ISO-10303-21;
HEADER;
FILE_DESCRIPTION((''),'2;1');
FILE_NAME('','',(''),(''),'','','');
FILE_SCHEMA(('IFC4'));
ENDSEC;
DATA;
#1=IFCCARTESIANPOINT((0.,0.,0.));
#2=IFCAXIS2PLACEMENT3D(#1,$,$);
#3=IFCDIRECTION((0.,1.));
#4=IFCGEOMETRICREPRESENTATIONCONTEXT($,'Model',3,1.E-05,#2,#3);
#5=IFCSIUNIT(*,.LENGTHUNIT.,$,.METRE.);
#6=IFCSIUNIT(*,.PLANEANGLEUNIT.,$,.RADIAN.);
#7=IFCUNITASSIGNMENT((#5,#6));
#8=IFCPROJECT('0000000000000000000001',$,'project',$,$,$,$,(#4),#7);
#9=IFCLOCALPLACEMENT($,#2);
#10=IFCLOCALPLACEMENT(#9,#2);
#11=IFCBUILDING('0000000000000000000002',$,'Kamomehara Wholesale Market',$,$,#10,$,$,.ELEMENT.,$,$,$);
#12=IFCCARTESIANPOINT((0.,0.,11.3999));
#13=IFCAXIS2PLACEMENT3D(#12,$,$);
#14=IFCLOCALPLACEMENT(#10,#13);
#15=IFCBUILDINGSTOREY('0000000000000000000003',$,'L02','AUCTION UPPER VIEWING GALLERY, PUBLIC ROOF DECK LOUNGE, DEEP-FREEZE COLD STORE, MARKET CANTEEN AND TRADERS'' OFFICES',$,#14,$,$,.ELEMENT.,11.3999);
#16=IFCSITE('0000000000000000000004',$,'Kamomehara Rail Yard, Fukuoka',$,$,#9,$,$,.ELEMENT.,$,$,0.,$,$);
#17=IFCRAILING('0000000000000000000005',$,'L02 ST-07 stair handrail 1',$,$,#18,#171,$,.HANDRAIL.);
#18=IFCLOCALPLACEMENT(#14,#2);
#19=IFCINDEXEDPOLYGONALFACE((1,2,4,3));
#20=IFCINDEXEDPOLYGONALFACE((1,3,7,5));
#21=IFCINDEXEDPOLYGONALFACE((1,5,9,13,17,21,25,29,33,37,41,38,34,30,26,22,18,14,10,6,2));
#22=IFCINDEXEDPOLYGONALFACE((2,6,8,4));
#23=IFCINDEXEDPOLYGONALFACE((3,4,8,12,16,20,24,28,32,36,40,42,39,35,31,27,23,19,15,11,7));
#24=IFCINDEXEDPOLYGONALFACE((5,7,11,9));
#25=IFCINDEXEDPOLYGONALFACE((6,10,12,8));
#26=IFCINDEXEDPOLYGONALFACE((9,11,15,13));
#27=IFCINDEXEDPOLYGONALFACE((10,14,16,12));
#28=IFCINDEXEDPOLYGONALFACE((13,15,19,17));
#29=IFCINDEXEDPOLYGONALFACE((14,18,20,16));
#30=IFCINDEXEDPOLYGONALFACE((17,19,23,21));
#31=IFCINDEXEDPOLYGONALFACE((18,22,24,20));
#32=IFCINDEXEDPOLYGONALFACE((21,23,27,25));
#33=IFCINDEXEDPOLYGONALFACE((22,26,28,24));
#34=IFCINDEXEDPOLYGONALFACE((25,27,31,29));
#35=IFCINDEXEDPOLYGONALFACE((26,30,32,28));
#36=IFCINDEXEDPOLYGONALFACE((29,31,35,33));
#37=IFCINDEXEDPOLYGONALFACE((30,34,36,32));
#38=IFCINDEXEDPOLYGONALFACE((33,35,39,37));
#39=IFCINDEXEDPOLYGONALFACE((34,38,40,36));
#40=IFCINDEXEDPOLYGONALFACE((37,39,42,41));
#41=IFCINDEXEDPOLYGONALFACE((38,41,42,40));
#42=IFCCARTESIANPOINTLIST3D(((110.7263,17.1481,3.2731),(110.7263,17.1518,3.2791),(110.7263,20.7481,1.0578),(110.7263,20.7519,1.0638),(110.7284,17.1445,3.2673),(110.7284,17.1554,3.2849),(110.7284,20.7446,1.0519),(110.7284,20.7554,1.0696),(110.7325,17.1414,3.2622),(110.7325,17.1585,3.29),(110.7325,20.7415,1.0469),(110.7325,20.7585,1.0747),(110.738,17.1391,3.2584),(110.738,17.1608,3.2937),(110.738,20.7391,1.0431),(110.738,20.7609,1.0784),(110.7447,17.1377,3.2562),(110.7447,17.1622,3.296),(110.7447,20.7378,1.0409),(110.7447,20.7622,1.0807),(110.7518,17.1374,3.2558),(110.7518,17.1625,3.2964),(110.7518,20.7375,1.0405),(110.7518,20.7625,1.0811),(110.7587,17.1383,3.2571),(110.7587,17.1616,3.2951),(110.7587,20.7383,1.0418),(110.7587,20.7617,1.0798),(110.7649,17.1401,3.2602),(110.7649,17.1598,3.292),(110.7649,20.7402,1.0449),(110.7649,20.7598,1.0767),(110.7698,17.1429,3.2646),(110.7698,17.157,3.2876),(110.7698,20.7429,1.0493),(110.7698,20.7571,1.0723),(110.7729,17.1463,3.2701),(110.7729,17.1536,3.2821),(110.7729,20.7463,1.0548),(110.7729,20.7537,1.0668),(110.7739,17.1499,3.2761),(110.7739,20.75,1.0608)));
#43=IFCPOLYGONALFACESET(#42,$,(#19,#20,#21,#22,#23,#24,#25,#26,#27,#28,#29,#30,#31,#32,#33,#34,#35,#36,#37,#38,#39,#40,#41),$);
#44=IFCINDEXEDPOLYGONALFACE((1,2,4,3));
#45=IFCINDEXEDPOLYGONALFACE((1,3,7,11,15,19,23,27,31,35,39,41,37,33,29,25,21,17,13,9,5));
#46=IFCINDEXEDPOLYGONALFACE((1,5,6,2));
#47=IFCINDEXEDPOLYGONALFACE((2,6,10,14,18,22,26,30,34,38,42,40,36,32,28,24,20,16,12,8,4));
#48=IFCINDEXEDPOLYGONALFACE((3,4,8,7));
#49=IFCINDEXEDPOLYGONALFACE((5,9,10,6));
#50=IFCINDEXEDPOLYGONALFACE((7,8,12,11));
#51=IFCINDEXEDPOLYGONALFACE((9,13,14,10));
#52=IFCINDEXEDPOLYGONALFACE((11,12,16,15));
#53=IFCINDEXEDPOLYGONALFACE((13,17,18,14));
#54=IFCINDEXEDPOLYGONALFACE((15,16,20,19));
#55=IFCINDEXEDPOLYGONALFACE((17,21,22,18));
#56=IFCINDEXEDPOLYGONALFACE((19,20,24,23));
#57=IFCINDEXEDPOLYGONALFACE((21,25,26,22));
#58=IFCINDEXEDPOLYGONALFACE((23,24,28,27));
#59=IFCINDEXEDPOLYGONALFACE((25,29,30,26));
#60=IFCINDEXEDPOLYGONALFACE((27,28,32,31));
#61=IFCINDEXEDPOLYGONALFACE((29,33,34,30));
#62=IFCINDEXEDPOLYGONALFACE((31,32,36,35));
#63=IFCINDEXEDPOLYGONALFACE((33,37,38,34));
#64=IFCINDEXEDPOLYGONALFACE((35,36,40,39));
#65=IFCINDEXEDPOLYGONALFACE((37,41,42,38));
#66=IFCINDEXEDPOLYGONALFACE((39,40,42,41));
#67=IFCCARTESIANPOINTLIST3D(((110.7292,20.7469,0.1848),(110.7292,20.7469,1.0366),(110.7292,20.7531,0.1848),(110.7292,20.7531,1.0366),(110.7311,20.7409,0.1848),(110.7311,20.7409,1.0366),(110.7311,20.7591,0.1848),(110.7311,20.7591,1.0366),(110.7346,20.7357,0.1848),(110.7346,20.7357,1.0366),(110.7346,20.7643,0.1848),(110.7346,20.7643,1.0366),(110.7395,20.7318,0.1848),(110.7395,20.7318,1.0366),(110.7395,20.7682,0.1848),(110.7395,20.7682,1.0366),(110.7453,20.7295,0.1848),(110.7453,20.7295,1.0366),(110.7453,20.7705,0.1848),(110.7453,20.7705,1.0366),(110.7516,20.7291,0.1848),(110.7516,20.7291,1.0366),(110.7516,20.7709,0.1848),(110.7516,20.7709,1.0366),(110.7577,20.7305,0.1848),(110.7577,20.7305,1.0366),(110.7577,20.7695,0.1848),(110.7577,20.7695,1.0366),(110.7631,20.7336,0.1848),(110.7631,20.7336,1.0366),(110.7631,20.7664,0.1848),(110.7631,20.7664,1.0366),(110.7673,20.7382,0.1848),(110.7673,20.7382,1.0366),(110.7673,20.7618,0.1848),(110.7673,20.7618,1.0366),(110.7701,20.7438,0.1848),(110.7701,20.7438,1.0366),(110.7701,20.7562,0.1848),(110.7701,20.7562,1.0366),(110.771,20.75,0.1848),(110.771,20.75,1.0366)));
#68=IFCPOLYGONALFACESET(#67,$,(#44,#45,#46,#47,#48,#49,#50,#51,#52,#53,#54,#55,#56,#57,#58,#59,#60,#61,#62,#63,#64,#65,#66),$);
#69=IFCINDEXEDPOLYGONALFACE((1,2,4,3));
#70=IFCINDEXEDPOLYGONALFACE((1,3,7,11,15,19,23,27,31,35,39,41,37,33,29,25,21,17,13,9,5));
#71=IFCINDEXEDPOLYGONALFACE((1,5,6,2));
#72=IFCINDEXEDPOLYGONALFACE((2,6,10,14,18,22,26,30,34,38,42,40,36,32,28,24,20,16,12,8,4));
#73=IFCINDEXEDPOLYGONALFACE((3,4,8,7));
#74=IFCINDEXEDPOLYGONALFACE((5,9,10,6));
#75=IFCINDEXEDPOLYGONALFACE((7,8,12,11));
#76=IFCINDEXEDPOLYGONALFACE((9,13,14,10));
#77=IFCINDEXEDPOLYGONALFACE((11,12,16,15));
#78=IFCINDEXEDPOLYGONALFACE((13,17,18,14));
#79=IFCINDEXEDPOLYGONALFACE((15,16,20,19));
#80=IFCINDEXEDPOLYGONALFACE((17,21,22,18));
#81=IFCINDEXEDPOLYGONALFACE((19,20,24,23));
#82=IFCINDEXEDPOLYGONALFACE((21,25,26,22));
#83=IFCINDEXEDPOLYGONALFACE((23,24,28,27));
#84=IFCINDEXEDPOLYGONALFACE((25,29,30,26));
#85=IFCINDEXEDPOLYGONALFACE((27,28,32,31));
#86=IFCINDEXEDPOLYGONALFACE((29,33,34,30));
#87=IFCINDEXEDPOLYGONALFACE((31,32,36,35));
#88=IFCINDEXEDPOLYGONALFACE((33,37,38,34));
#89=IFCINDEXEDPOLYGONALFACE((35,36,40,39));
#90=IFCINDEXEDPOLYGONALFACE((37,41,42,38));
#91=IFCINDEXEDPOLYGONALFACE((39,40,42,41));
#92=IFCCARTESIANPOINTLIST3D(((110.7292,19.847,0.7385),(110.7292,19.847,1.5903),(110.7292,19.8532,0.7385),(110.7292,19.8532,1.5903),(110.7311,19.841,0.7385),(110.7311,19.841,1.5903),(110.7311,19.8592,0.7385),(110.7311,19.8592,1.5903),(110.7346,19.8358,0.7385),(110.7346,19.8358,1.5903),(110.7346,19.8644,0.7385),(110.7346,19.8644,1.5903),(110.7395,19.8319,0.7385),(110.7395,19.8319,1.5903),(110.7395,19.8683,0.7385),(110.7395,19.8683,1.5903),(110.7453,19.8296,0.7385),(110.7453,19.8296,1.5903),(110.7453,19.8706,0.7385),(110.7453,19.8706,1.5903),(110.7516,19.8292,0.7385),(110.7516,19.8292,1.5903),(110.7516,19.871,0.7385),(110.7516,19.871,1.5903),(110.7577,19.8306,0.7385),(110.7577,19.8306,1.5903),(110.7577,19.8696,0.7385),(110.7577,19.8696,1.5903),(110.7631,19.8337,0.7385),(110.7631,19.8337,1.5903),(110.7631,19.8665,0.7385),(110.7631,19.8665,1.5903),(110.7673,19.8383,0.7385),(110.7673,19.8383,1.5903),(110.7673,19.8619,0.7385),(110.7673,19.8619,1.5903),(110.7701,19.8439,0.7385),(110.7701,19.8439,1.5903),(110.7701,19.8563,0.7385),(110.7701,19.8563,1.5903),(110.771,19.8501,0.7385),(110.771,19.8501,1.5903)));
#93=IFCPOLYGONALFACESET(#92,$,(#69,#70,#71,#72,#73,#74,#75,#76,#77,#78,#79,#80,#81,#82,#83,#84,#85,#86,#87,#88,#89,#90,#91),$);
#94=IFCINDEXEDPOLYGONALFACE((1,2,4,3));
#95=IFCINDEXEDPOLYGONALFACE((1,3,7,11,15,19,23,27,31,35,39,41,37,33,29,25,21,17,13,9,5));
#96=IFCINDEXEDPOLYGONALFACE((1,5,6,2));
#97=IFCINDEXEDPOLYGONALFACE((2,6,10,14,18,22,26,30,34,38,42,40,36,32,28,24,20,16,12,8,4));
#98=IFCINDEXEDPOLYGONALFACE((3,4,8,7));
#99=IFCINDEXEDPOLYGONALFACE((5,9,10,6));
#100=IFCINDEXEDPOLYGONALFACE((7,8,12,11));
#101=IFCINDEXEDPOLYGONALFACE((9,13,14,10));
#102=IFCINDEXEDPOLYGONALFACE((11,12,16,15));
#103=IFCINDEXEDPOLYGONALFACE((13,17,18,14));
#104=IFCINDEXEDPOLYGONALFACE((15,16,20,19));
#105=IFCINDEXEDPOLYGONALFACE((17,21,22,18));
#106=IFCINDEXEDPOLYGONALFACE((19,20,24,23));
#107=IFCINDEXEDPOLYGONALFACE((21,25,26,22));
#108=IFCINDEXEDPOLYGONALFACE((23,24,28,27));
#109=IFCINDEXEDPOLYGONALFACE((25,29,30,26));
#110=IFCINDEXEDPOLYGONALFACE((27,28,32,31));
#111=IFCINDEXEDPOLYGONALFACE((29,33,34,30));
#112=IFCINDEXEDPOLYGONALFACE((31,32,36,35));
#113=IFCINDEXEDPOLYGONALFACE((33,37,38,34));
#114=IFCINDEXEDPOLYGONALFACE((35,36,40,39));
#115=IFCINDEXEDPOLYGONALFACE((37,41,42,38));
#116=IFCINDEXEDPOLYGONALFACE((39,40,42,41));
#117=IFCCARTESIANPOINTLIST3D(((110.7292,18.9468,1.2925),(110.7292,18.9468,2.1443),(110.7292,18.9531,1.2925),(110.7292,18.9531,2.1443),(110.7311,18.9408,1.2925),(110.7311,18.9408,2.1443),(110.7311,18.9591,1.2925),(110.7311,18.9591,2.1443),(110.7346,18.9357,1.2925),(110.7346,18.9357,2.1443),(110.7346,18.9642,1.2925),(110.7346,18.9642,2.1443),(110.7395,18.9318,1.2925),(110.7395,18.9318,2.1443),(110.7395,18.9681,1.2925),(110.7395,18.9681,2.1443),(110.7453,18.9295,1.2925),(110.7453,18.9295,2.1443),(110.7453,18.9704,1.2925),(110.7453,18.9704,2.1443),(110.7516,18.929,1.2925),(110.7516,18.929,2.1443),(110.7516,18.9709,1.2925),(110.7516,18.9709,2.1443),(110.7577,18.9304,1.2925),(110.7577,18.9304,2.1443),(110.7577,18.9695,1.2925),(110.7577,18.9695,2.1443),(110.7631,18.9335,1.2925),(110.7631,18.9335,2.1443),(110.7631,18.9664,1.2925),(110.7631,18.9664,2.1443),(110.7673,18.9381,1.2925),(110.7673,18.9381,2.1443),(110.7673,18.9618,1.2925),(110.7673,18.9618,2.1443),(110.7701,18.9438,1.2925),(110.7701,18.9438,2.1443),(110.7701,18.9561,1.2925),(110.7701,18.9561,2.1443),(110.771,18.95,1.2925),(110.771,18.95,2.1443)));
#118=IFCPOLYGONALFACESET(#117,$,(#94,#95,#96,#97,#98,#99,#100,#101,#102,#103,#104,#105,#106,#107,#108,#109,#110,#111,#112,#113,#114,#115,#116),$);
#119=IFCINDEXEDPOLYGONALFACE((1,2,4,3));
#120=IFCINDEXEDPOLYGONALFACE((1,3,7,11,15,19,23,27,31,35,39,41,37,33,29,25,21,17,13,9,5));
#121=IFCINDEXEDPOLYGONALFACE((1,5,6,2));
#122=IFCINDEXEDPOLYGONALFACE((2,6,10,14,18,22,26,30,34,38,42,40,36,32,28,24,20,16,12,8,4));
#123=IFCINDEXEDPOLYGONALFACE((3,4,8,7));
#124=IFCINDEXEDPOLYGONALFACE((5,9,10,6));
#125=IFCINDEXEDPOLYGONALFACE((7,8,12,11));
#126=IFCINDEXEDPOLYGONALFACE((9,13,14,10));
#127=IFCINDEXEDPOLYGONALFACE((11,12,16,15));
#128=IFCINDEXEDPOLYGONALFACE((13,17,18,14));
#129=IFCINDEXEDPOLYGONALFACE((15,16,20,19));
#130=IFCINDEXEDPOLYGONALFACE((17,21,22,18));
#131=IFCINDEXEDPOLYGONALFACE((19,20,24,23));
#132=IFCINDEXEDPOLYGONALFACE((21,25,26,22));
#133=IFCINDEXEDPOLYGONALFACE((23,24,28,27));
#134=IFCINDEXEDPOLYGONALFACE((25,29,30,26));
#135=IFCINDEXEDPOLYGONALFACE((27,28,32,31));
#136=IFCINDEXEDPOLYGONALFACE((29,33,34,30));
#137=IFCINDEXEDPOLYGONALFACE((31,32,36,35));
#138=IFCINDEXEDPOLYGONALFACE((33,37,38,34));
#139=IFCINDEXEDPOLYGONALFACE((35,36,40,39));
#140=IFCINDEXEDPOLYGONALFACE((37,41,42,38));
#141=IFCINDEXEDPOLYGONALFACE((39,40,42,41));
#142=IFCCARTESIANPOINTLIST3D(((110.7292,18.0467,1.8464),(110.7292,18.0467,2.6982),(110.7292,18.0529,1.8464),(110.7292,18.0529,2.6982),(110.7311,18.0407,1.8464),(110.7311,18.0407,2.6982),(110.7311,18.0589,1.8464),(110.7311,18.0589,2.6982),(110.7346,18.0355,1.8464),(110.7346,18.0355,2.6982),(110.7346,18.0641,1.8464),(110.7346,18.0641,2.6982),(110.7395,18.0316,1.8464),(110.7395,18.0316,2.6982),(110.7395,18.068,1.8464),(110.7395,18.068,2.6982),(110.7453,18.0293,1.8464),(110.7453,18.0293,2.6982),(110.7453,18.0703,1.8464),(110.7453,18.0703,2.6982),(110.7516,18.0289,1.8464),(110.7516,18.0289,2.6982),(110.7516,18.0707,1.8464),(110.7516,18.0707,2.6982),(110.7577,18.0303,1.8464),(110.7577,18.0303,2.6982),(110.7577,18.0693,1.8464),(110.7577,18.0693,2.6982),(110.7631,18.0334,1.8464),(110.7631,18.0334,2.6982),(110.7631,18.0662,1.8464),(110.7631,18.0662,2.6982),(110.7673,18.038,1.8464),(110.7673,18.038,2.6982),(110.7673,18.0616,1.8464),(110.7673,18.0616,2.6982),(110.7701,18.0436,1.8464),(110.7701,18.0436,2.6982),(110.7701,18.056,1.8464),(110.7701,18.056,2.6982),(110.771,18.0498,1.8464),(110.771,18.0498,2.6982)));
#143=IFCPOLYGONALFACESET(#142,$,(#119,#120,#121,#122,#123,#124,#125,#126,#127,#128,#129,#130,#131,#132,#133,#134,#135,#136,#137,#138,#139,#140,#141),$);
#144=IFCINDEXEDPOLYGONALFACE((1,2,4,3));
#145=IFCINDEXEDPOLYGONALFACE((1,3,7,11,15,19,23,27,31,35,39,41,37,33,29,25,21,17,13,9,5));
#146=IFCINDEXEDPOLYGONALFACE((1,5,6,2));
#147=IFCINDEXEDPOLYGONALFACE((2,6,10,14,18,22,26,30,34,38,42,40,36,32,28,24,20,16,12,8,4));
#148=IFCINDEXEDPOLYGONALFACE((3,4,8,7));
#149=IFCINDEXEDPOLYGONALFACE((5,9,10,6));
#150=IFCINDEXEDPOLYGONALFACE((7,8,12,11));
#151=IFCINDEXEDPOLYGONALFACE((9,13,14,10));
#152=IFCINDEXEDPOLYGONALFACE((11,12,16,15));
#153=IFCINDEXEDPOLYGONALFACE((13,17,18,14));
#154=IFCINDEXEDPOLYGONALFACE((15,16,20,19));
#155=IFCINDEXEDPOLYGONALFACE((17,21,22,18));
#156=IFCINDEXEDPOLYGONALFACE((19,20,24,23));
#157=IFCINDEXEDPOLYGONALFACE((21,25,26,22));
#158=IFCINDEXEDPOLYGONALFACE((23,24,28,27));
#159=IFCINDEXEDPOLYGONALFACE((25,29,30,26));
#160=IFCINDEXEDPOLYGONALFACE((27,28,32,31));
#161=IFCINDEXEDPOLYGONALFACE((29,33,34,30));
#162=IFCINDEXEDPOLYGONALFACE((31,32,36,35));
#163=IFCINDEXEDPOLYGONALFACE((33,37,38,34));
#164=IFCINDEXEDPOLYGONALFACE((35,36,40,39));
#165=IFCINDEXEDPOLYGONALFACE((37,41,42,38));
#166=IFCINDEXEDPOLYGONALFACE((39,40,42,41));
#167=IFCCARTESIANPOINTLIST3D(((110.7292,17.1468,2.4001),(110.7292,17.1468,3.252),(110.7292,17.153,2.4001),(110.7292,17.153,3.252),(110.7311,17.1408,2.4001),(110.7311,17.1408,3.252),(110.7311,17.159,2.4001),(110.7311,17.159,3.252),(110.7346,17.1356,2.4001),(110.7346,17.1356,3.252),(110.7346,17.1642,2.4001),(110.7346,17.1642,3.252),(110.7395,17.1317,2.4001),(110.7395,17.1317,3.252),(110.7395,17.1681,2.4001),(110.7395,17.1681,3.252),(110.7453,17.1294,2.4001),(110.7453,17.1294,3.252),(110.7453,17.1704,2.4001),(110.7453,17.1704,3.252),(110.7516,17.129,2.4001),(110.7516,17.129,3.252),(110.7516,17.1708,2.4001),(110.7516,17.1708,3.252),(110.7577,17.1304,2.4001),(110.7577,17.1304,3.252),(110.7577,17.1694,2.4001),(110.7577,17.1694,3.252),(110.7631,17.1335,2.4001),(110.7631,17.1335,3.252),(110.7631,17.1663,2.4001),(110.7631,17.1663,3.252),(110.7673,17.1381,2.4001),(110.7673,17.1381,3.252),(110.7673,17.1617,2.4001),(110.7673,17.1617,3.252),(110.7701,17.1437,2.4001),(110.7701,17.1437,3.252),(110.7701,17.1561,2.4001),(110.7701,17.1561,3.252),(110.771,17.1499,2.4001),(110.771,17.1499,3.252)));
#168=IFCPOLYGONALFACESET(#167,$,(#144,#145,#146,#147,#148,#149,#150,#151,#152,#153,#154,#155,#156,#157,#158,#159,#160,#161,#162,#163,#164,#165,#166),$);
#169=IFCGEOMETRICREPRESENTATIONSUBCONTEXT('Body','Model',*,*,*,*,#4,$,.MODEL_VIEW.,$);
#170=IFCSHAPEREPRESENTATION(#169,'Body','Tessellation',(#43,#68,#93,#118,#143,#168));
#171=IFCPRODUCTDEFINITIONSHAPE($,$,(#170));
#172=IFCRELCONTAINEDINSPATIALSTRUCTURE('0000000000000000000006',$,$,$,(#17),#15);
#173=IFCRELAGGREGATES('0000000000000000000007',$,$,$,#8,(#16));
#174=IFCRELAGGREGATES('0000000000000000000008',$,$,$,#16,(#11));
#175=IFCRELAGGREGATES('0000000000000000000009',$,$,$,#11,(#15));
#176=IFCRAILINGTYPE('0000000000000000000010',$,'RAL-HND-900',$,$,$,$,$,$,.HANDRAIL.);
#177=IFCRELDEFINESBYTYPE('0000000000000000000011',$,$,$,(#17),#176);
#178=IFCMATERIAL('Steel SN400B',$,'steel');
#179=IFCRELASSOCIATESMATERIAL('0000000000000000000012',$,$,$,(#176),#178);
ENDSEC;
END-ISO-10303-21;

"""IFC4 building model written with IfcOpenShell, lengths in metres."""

from ifc_helpers import new_model, si_unit, direction, frame, origin, origin_2d, place, context, subcontext, project, spatial, circle, extrude, material, type_object, element, save


model = new_model("IFC4")

# Units and contexts
model_context = context("Model", 3, precision=1e-05, world=origin(), true_north=direction((0.0, 1.0)))
body_context = subcontext(model_context, "Body", "Model", "MODEL_VIEW")
ifc_project = project(units=[si_unit("LENGTHUNIT", "METRE"), si_unit("PLANEANGLEUNIT", "RADIAN")], contexts=[model_context])

# Site, building, storey
site_placement = place(None, origin())
site = spatial("IfcSite", under=ifc_project, at=site_placement, Name="Kamomehara Rail Yard, Fukuoka", CompositionType="ELEMENT", RefElevation=0.0)
building_placement = place(site_placement, origin())
building = spatial("IfcBuilding", under=site, at=building_placement, Name="Kamomehara Wholesale Market", CompositionType="ELEMENT")
storey_placement = place(building_placement, frame((0.0, 0.0, 11.3999)))
storey = spatial("IfcBuildingStorey", under=building, at=storey_placement, Name="L02", Description="AUCTION UPPER VIEWING GALLERY, PUBLIC ROOF DECK LOUNGE, DEEP-FREEZE COLD STORE, MARKET CANTEEN AND TRADERS' OFFICES", CompositionType="ELEMENT", Elevation=11.3999)

# Railing
ifc_material_1 = material(Name="Steel SN400B", Category="steel")
railing_type_1 = type_object("IfcRailingType", Name="RAL-HND-900", PredefinedType="HANDRAIL", material=ifc_material_1)
railing_1_placement = place(storey_placement, frame((110.75, 20.75, 0.1848)))
element("IfcRailing", 1, at=railing_1_placement, inside=storey, type_object=railing_type_1, Name="L02 ST-07 stair handrail 1", PredefinedType="HANDRAIL", context=body_context, shape_type="SweptSolid", body=[
    extrude(circle(Radius=0.0239, at=origin_2d()), frame((0.0, 0.0, 0.876), z_axis=(0.0, -0.85167, 0.524078), x_axis=(1.0, 0.0, 0.0)), (0.0, 0.0, 1.0), 4.2271),
    extrude(circle(Radius=0.021, at=origin_2d()), origin(), (0.0, 0.0, 1.0), 0.8518),
    extrude(circle(Radius=0.021, at=origin_2d()), frame((0.0, -0.8999, 0.5537)), (0.0, 0.0, 1.0), 0.8518),
    extrude(circle(Radius=0.021, at=origin_2d()), frame((0.0, -1.8, 1.1077)), (0.0, 0.0, 1.0), 0.8518),
    extrude(circle(Radius=0.021, at=origin_2d()), frame((0.0, -2.7002, 1.6616)), (0.0, 0.0, 1.0), 0.8518),
    extrude(circle(Radius=0.021, at=origin_2d()), frame((0.0, -3.6001, 2.2153)), (0.0, 0.0, 1.0), 0.8518),
])

save(model, "model.ifc")
